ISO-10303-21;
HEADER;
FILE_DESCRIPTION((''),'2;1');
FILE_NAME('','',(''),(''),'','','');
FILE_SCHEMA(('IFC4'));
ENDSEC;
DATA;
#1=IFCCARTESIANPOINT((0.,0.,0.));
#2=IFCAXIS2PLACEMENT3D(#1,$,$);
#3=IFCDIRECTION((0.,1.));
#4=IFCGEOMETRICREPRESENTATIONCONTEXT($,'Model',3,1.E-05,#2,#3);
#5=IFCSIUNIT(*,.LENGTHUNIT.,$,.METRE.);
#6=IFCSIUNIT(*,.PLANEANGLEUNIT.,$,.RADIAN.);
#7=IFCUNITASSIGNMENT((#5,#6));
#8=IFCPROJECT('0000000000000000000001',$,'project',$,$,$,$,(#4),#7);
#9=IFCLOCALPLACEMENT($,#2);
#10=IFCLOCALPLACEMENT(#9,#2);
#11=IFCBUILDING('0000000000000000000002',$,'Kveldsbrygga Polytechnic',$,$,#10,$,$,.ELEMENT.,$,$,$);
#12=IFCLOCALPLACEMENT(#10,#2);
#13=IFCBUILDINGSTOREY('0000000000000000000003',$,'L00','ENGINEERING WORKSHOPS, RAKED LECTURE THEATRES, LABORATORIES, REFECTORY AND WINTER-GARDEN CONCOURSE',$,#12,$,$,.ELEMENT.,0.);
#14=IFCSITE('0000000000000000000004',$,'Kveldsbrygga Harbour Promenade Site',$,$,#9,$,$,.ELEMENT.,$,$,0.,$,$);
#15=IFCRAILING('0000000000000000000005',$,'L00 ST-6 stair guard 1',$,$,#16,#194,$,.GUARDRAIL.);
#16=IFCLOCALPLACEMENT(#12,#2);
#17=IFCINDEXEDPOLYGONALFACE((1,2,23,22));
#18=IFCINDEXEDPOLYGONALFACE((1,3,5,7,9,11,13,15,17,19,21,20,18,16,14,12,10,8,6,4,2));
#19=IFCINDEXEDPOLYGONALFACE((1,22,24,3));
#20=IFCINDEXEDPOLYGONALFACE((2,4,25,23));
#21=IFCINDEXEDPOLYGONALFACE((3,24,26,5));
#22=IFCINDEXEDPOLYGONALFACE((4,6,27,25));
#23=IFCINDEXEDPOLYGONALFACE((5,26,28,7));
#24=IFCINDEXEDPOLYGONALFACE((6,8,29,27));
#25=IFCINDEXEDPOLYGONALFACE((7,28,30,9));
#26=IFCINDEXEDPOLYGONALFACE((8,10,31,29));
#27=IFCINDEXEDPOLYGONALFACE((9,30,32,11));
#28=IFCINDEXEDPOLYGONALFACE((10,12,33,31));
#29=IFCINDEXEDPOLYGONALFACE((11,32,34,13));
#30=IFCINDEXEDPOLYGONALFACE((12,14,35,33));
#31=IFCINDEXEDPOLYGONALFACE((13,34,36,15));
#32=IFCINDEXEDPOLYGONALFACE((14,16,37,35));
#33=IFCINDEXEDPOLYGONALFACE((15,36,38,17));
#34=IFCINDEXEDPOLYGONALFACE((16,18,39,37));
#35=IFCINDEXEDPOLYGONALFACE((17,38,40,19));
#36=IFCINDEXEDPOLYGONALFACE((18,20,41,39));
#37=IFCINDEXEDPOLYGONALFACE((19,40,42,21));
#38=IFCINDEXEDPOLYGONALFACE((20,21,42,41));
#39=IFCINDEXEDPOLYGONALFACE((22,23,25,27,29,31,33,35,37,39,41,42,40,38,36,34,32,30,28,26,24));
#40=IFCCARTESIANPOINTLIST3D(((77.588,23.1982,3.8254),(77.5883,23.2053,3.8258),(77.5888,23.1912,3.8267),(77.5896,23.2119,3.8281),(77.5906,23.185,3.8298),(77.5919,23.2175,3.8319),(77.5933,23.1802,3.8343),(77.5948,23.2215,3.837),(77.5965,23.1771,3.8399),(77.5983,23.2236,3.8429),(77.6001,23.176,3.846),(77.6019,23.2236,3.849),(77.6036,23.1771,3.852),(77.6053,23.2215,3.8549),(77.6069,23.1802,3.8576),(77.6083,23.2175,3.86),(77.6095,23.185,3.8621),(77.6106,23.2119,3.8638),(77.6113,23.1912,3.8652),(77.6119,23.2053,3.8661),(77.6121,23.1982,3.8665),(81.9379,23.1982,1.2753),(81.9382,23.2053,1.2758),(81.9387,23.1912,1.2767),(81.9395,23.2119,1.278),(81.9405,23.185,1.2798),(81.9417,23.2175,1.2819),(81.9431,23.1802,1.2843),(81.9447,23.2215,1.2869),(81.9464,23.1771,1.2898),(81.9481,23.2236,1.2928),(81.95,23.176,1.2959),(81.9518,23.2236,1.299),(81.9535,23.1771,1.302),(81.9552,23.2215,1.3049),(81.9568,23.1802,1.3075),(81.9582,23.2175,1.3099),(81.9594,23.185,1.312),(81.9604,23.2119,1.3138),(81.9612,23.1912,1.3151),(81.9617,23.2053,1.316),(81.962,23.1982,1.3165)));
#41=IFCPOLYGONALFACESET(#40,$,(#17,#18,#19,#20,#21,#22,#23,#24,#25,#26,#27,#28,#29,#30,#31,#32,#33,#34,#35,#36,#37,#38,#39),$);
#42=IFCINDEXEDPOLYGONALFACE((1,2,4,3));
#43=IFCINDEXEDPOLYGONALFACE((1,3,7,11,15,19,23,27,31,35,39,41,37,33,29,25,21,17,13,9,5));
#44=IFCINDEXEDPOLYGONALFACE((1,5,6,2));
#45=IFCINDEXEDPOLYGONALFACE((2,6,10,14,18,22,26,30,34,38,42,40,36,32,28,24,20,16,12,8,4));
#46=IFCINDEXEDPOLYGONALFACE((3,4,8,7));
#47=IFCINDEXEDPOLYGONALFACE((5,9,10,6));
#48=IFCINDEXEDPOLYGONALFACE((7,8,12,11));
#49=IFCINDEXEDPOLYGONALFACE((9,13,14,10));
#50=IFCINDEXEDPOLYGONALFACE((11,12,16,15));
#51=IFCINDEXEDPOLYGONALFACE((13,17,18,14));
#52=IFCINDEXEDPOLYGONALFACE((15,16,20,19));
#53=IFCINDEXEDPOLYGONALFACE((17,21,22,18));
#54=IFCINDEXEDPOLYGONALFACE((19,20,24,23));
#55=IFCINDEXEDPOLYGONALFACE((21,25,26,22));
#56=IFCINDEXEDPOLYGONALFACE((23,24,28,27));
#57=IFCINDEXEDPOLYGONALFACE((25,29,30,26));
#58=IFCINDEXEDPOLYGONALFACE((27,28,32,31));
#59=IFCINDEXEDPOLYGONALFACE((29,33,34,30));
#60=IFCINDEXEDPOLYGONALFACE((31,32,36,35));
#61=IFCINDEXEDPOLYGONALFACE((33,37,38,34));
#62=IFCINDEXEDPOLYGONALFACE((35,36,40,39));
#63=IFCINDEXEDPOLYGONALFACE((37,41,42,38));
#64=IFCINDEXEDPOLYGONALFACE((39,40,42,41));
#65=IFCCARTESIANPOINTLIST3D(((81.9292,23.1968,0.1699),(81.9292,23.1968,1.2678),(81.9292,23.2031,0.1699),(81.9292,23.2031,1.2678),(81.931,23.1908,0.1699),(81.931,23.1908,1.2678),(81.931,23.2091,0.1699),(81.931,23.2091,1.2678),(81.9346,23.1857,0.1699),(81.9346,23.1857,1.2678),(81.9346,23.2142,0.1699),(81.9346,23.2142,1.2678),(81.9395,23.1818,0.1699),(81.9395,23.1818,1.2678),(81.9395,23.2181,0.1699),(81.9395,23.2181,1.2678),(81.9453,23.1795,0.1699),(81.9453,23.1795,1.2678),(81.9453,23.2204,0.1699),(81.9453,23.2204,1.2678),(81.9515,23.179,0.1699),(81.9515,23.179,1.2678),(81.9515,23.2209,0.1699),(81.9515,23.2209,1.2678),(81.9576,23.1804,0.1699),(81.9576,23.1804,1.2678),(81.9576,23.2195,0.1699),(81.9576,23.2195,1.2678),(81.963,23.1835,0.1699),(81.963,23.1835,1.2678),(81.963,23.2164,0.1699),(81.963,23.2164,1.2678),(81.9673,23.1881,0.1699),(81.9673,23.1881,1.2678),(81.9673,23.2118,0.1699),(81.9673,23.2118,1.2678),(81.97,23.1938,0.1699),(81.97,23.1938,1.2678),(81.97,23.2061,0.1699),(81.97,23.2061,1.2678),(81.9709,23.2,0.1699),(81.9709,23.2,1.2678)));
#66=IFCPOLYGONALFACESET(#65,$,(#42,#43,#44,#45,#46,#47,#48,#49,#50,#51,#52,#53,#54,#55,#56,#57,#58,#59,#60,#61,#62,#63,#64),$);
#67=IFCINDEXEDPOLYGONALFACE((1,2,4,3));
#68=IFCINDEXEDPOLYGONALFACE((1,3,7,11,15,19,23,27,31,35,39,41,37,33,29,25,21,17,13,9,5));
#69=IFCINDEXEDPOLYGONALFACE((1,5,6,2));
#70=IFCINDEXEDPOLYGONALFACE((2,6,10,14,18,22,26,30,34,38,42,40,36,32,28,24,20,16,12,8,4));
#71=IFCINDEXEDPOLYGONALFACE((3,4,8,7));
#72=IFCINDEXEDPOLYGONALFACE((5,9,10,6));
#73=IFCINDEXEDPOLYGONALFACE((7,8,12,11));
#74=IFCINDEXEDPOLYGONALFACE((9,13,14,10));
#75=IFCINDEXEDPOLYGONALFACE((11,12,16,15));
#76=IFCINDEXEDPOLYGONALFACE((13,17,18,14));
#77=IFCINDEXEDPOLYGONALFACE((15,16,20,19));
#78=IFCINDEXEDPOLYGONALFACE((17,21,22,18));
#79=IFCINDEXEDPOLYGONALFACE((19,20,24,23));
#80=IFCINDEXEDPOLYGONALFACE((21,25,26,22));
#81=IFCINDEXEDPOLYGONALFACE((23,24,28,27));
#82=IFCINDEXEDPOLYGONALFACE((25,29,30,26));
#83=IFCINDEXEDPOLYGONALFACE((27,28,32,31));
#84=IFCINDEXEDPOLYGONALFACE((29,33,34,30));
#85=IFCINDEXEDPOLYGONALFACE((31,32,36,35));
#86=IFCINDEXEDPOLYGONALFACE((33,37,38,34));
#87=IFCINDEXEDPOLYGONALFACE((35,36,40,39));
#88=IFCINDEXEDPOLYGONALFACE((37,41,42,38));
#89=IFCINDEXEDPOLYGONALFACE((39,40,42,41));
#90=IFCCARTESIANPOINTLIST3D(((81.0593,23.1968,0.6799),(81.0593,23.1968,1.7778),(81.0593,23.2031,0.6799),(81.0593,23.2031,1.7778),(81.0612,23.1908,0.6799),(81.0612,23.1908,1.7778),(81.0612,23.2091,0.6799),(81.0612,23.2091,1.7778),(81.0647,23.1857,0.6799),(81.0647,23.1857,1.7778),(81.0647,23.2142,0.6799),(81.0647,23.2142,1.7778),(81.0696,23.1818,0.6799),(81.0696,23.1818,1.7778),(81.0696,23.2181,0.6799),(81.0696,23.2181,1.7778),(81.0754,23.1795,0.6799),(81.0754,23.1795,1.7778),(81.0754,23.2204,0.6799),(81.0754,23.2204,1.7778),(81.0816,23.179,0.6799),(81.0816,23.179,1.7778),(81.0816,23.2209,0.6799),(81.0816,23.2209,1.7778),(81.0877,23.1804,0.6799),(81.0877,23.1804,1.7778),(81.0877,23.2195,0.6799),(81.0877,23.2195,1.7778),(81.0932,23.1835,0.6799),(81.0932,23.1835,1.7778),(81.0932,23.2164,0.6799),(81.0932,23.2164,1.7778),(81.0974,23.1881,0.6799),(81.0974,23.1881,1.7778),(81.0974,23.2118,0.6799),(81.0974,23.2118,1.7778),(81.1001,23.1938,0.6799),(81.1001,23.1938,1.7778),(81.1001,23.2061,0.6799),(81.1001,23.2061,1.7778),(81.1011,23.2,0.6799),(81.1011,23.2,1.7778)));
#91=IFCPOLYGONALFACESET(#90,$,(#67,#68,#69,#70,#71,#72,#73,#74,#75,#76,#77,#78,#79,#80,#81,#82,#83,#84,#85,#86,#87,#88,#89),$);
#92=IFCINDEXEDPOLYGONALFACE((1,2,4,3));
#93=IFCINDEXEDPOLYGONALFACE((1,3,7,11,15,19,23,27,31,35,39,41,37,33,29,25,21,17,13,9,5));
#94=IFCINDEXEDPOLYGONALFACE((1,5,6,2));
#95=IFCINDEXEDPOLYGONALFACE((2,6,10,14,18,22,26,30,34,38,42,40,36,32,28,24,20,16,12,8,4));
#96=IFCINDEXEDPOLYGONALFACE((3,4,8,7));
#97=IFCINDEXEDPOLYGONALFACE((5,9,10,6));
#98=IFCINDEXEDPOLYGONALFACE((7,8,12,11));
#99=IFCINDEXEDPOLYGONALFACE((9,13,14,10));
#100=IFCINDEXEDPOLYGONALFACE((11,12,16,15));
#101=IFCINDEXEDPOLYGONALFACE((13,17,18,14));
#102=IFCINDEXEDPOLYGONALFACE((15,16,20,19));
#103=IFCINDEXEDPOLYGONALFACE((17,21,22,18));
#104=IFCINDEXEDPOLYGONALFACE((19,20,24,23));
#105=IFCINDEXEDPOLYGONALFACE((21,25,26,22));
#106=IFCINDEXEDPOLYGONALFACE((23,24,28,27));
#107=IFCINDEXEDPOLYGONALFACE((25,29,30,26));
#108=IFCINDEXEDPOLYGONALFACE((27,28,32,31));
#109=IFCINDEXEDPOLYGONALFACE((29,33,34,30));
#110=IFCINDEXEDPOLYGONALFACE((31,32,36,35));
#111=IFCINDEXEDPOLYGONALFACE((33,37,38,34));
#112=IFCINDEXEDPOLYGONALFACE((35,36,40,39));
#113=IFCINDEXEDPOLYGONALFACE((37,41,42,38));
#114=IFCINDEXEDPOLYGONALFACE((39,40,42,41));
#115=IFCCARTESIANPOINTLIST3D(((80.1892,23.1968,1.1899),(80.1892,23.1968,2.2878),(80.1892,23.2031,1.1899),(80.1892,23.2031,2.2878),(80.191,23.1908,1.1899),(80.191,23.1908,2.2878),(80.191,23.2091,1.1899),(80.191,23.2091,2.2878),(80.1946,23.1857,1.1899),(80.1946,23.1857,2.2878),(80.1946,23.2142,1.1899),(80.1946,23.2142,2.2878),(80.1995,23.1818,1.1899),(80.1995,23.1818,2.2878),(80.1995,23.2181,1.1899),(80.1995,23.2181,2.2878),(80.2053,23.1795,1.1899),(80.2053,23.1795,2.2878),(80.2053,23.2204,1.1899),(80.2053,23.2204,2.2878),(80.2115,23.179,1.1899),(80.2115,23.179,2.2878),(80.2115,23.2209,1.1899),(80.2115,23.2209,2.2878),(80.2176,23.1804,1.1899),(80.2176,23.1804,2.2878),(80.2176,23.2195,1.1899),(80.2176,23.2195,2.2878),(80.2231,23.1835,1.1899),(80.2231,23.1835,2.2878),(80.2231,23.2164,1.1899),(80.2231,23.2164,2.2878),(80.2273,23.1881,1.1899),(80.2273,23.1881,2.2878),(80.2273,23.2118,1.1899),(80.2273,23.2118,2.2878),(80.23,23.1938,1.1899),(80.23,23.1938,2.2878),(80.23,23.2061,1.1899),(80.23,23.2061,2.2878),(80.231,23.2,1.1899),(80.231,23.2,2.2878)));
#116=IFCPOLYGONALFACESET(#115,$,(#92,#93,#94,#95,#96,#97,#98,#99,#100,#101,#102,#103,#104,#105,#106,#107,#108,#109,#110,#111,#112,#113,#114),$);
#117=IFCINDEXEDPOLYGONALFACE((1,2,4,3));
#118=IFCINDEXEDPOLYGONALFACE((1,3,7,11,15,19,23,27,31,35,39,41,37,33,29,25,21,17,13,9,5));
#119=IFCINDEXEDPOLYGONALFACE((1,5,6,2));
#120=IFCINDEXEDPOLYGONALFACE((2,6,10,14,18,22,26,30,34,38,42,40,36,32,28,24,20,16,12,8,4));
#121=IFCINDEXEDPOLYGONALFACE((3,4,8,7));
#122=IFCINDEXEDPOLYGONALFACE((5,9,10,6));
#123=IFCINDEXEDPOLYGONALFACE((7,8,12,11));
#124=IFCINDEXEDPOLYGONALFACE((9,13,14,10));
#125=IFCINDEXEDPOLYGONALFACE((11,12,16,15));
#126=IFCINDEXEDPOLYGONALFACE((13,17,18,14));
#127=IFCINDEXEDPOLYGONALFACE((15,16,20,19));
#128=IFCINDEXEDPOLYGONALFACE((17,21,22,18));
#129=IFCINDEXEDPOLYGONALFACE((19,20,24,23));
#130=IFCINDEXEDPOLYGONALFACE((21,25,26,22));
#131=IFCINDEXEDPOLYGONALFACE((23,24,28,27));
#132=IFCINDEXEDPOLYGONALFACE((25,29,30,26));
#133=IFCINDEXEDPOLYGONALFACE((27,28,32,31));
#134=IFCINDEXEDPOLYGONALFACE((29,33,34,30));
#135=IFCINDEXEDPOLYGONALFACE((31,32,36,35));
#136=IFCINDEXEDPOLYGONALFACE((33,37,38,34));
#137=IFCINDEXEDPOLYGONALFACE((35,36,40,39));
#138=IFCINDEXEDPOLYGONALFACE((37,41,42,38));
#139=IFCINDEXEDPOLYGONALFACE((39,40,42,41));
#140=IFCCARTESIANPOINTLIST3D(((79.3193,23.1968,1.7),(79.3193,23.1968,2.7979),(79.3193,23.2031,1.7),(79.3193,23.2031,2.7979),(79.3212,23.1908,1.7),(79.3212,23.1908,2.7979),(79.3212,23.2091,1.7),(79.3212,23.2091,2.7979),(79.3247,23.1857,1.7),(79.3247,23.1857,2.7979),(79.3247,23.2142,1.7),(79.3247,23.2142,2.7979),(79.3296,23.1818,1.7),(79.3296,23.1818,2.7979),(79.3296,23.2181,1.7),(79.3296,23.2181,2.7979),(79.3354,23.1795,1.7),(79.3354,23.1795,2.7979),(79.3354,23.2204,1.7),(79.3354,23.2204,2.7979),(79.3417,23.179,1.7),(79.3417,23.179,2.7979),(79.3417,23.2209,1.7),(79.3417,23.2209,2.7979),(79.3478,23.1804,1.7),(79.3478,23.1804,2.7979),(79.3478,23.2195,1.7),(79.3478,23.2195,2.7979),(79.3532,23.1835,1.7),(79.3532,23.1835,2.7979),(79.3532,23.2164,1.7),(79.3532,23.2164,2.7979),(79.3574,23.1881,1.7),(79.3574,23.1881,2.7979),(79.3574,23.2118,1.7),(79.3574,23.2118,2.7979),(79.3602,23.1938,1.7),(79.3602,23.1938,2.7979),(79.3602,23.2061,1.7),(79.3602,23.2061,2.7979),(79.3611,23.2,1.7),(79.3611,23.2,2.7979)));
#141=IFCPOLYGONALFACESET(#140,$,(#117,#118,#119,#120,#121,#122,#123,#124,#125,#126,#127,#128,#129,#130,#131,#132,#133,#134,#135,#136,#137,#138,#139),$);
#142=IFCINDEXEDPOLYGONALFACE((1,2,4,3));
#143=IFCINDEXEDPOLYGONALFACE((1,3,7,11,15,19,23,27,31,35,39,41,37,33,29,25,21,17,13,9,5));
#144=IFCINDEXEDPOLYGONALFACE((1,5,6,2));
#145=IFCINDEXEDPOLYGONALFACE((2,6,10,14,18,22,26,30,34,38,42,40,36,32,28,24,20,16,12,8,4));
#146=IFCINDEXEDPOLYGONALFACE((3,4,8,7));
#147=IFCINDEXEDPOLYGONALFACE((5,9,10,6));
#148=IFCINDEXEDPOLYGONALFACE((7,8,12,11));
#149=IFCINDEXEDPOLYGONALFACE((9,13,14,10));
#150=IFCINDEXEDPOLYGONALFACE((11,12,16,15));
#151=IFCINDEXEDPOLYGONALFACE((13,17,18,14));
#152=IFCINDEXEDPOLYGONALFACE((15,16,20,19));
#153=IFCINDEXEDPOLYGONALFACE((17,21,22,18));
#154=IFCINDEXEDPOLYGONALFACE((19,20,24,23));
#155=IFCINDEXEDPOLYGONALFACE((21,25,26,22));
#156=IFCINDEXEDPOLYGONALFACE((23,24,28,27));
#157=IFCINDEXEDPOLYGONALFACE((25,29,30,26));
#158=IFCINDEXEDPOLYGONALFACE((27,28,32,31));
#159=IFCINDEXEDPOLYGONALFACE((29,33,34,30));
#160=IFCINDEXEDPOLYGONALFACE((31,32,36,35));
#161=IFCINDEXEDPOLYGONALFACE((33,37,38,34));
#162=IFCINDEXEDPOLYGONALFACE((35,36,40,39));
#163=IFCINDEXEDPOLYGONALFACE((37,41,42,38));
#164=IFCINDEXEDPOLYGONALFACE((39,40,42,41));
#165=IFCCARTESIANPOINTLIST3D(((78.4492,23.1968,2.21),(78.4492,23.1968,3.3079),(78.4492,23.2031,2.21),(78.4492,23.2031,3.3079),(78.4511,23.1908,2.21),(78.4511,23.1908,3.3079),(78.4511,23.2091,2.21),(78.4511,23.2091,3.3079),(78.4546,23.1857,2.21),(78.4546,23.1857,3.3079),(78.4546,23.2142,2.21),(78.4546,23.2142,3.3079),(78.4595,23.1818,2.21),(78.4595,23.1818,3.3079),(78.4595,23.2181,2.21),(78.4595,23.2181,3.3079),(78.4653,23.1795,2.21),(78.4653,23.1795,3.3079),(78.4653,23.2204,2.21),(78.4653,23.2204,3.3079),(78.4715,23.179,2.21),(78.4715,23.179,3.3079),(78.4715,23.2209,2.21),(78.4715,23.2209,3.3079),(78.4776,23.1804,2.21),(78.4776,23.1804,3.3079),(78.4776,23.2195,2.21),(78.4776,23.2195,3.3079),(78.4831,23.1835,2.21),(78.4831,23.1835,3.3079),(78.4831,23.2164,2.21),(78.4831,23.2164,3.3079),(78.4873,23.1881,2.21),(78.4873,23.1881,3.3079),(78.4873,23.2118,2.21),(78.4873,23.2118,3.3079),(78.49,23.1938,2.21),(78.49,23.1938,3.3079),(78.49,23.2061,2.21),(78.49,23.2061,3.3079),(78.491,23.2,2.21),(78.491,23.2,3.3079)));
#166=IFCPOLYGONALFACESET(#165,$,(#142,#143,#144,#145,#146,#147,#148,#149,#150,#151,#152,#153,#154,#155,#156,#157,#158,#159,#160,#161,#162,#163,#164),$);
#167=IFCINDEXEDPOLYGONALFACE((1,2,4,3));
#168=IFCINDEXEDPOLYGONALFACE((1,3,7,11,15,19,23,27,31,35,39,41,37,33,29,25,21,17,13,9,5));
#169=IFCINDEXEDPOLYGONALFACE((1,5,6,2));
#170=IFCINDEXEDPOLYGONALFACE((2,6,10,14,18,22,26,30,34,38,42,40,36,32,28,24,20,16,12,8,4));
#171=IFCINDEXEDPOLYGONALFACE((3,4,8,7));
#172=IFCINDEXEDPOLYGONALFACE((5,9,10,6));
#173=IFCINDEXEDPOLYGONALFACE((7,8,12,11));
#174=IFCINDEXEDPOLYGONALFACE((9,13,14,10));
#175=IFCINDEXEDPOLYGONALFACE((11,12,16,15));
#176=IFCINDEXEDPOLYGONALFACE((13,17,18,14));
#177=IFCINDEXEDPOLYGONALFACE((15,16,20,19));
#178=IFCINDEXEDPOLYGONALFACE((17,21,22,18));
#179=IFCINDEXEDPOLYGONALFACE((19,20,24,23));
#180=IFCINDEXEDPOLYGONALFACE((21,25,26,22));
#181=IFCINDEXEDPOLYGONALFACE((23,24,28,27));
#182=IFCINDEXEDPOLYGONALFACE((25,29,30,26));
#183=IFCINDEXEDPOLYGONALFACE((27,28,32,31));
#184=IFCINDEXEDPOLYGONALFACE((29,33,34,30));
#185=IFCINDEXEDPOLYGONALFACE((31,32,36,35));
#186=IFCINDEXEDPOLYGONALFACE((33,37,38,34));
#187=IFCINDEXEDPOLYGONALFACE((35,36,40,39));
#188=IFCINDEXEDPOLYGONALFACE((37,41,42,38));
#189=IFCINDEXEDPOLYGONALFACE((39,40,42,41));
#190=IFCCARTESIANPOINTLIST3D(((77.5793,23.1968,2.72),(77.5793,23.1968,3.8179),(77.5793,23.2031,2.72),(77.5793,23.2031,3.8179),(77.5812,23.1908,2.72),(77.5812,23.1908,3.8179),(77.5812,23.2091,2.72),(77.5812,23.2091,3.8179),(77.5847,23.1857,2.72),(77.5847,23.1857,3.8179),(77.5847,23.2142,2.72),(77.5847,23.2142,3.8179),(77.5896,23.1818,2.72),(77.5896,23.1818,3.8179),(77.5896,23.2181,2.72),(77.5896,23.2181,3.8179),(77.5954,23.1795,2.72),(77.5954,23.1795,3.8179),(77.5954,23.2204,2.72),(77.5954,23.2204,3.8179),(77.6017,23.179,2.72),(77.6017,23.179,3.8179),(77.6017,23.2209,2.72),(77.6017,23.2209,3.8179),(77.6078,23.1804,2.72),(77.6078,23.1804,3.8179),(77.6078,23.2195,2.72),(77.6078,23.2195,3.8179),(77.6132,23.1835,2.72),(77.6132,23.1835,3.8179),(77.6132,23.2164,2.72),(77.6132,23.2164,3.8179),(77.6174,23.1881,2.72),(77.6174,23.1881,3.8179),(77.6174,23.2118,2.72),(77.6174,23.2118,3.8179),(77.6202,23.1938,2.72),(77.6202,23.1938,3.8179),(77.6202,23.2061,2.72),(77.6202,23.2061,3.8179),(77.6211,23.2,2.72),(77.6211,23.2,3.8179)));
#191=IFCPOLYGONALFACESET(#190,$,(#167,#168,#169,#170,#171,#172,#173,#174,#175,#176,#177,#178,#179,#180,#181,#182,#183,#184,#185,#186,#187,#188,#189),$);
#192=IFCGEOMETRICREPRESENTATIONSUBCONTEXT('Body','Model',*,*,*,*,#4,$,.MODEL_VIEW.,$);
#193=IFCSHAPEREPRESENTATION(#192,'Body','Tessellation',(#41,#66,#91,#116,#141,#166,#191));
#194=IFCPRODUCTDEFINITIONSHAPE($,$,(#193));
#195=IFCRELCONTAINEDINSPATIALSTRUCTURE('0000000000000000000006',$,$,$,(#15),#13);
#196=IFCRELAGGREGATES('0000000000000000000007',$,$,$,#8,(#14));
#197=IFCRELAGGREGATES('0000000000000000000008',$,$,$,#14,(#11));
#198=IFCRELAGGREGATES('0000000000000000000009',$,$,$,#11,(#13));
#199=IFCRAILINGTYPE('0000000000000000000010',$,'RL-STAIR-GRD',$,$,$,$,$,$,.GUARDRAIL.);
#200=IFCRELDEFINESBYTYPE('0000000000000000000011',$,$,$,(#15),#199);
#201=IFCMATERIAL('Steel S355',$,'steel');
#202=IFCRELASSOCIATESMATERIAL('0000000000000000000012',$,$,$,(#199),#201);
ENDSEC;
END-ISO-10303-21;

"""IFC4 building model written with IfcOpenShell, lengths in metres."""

from ifc_helpers import new_model, si_unit, direction, frame, origin, origin_2d, place, context, subcontext, project, spatial, circle, extrude, material, type_object, element, save


model = new_model("IFC4")

# Units and contexts
model_context = context("Model", 3, precision=1e-05, world=origin(), true_north=direction((0.0, 1.0)))
body_context = subcontext(model_context, "Body", "Model", "MODEL_VIEW")
ifc_project = project(units=[si_unit("LENGTHUNIT", "METRE"), si_unit("PLANEANGLEUNIT", "RADIAN")], contexts=[model_context])

# Site, building, storey
site_placement = place(None, origin())
site = spatial("IfcSite", under=ifc_project, at=site_placement, Name="Kveldsbrygga Harbour Promenade Site", CompositionType="ELEMENT", RefElevation=0.0)
building_placement = place(site_placement, origin())
building = spatial("IfcBuilding", under=site, at=building_placement, Name="Kveldsbrygga Polytechnic", CompositionType="ELEMENT")
storey_placement = place(building_placement, origin())
storey = spatial("IfcBuildingStorey", under=building, at=storey_placement, Name="L00", Description="ENGINEERING WORKSHOPS, RAKED LECTURE THEATRES, LABORATORIES, REFECTORY AND WINTER-GARDEN CONCOURSE", CompositionType="ELEMENT", Elevation=0.0)

# Railing
ifc_material_1 = material(Name="Steel S355", Category="steel")
railing_type_1 = type_object("IfcRailingType", Name="RL-STAIR-GRD", PredefinedType="GUARDRAIL", material=ifc_material_1)
railing_1_placement = place(storey_placement, frame((81.95, 23.2, 0.1699)))
element("IfcRailing", 1, at=railing_1_placement, inside=storey, type_object=railing_type_1, Name="L00 ST-6 stair guard 1", PredefinedType="GUARDRAIL", context=body_context, shape_type="SweptSolid", body=[
    extrude(circle(Radius=0.0239, at=origin_2d()), frame((0.0, 0.0, 1.126), z_axis=(-0.862686, 0.0, 0.505739), x_axis=(0.0, -1.0, 0.0)), (0.0, 0.0, 1.0), 5.0422),
    extrude(circle(Radius=0.021, at=origin_2d()), origin(), (0.0, 0.0, 1.0), 1.0979),
    extrude(circle(Radius=0.021, at=origin_2d()), frame((-0.8699, 0.0, 0.51)), (0.0, 0.0, 1.0), 1.0979),
    extrude(circle(Radius=0.021, at=origin_2d()), frame((-1.74, 0.0, 1.02)), (0.0, 0.0, 1.0), 1.0979),
    extrude(circle(Radius=0.021, at=origin_2d()), frame((-2.6099, 0.0, 1.53)), (0.0, 0.0, 1.0), 1.0979),
    extrude(circle(Radius=0.021, at=origin_2d()), frame((-3.48, 0.0, 2.04)), (0.0, 0.0, 1.0), 1.0979),
    extrude(circle(Radius=0.021, at=origin_2d()), frame((-4.3499, 0.0, 2.55)), (0.0, 0.0, 1.0), 1.0979),
])

save(model, "model.ifc")
